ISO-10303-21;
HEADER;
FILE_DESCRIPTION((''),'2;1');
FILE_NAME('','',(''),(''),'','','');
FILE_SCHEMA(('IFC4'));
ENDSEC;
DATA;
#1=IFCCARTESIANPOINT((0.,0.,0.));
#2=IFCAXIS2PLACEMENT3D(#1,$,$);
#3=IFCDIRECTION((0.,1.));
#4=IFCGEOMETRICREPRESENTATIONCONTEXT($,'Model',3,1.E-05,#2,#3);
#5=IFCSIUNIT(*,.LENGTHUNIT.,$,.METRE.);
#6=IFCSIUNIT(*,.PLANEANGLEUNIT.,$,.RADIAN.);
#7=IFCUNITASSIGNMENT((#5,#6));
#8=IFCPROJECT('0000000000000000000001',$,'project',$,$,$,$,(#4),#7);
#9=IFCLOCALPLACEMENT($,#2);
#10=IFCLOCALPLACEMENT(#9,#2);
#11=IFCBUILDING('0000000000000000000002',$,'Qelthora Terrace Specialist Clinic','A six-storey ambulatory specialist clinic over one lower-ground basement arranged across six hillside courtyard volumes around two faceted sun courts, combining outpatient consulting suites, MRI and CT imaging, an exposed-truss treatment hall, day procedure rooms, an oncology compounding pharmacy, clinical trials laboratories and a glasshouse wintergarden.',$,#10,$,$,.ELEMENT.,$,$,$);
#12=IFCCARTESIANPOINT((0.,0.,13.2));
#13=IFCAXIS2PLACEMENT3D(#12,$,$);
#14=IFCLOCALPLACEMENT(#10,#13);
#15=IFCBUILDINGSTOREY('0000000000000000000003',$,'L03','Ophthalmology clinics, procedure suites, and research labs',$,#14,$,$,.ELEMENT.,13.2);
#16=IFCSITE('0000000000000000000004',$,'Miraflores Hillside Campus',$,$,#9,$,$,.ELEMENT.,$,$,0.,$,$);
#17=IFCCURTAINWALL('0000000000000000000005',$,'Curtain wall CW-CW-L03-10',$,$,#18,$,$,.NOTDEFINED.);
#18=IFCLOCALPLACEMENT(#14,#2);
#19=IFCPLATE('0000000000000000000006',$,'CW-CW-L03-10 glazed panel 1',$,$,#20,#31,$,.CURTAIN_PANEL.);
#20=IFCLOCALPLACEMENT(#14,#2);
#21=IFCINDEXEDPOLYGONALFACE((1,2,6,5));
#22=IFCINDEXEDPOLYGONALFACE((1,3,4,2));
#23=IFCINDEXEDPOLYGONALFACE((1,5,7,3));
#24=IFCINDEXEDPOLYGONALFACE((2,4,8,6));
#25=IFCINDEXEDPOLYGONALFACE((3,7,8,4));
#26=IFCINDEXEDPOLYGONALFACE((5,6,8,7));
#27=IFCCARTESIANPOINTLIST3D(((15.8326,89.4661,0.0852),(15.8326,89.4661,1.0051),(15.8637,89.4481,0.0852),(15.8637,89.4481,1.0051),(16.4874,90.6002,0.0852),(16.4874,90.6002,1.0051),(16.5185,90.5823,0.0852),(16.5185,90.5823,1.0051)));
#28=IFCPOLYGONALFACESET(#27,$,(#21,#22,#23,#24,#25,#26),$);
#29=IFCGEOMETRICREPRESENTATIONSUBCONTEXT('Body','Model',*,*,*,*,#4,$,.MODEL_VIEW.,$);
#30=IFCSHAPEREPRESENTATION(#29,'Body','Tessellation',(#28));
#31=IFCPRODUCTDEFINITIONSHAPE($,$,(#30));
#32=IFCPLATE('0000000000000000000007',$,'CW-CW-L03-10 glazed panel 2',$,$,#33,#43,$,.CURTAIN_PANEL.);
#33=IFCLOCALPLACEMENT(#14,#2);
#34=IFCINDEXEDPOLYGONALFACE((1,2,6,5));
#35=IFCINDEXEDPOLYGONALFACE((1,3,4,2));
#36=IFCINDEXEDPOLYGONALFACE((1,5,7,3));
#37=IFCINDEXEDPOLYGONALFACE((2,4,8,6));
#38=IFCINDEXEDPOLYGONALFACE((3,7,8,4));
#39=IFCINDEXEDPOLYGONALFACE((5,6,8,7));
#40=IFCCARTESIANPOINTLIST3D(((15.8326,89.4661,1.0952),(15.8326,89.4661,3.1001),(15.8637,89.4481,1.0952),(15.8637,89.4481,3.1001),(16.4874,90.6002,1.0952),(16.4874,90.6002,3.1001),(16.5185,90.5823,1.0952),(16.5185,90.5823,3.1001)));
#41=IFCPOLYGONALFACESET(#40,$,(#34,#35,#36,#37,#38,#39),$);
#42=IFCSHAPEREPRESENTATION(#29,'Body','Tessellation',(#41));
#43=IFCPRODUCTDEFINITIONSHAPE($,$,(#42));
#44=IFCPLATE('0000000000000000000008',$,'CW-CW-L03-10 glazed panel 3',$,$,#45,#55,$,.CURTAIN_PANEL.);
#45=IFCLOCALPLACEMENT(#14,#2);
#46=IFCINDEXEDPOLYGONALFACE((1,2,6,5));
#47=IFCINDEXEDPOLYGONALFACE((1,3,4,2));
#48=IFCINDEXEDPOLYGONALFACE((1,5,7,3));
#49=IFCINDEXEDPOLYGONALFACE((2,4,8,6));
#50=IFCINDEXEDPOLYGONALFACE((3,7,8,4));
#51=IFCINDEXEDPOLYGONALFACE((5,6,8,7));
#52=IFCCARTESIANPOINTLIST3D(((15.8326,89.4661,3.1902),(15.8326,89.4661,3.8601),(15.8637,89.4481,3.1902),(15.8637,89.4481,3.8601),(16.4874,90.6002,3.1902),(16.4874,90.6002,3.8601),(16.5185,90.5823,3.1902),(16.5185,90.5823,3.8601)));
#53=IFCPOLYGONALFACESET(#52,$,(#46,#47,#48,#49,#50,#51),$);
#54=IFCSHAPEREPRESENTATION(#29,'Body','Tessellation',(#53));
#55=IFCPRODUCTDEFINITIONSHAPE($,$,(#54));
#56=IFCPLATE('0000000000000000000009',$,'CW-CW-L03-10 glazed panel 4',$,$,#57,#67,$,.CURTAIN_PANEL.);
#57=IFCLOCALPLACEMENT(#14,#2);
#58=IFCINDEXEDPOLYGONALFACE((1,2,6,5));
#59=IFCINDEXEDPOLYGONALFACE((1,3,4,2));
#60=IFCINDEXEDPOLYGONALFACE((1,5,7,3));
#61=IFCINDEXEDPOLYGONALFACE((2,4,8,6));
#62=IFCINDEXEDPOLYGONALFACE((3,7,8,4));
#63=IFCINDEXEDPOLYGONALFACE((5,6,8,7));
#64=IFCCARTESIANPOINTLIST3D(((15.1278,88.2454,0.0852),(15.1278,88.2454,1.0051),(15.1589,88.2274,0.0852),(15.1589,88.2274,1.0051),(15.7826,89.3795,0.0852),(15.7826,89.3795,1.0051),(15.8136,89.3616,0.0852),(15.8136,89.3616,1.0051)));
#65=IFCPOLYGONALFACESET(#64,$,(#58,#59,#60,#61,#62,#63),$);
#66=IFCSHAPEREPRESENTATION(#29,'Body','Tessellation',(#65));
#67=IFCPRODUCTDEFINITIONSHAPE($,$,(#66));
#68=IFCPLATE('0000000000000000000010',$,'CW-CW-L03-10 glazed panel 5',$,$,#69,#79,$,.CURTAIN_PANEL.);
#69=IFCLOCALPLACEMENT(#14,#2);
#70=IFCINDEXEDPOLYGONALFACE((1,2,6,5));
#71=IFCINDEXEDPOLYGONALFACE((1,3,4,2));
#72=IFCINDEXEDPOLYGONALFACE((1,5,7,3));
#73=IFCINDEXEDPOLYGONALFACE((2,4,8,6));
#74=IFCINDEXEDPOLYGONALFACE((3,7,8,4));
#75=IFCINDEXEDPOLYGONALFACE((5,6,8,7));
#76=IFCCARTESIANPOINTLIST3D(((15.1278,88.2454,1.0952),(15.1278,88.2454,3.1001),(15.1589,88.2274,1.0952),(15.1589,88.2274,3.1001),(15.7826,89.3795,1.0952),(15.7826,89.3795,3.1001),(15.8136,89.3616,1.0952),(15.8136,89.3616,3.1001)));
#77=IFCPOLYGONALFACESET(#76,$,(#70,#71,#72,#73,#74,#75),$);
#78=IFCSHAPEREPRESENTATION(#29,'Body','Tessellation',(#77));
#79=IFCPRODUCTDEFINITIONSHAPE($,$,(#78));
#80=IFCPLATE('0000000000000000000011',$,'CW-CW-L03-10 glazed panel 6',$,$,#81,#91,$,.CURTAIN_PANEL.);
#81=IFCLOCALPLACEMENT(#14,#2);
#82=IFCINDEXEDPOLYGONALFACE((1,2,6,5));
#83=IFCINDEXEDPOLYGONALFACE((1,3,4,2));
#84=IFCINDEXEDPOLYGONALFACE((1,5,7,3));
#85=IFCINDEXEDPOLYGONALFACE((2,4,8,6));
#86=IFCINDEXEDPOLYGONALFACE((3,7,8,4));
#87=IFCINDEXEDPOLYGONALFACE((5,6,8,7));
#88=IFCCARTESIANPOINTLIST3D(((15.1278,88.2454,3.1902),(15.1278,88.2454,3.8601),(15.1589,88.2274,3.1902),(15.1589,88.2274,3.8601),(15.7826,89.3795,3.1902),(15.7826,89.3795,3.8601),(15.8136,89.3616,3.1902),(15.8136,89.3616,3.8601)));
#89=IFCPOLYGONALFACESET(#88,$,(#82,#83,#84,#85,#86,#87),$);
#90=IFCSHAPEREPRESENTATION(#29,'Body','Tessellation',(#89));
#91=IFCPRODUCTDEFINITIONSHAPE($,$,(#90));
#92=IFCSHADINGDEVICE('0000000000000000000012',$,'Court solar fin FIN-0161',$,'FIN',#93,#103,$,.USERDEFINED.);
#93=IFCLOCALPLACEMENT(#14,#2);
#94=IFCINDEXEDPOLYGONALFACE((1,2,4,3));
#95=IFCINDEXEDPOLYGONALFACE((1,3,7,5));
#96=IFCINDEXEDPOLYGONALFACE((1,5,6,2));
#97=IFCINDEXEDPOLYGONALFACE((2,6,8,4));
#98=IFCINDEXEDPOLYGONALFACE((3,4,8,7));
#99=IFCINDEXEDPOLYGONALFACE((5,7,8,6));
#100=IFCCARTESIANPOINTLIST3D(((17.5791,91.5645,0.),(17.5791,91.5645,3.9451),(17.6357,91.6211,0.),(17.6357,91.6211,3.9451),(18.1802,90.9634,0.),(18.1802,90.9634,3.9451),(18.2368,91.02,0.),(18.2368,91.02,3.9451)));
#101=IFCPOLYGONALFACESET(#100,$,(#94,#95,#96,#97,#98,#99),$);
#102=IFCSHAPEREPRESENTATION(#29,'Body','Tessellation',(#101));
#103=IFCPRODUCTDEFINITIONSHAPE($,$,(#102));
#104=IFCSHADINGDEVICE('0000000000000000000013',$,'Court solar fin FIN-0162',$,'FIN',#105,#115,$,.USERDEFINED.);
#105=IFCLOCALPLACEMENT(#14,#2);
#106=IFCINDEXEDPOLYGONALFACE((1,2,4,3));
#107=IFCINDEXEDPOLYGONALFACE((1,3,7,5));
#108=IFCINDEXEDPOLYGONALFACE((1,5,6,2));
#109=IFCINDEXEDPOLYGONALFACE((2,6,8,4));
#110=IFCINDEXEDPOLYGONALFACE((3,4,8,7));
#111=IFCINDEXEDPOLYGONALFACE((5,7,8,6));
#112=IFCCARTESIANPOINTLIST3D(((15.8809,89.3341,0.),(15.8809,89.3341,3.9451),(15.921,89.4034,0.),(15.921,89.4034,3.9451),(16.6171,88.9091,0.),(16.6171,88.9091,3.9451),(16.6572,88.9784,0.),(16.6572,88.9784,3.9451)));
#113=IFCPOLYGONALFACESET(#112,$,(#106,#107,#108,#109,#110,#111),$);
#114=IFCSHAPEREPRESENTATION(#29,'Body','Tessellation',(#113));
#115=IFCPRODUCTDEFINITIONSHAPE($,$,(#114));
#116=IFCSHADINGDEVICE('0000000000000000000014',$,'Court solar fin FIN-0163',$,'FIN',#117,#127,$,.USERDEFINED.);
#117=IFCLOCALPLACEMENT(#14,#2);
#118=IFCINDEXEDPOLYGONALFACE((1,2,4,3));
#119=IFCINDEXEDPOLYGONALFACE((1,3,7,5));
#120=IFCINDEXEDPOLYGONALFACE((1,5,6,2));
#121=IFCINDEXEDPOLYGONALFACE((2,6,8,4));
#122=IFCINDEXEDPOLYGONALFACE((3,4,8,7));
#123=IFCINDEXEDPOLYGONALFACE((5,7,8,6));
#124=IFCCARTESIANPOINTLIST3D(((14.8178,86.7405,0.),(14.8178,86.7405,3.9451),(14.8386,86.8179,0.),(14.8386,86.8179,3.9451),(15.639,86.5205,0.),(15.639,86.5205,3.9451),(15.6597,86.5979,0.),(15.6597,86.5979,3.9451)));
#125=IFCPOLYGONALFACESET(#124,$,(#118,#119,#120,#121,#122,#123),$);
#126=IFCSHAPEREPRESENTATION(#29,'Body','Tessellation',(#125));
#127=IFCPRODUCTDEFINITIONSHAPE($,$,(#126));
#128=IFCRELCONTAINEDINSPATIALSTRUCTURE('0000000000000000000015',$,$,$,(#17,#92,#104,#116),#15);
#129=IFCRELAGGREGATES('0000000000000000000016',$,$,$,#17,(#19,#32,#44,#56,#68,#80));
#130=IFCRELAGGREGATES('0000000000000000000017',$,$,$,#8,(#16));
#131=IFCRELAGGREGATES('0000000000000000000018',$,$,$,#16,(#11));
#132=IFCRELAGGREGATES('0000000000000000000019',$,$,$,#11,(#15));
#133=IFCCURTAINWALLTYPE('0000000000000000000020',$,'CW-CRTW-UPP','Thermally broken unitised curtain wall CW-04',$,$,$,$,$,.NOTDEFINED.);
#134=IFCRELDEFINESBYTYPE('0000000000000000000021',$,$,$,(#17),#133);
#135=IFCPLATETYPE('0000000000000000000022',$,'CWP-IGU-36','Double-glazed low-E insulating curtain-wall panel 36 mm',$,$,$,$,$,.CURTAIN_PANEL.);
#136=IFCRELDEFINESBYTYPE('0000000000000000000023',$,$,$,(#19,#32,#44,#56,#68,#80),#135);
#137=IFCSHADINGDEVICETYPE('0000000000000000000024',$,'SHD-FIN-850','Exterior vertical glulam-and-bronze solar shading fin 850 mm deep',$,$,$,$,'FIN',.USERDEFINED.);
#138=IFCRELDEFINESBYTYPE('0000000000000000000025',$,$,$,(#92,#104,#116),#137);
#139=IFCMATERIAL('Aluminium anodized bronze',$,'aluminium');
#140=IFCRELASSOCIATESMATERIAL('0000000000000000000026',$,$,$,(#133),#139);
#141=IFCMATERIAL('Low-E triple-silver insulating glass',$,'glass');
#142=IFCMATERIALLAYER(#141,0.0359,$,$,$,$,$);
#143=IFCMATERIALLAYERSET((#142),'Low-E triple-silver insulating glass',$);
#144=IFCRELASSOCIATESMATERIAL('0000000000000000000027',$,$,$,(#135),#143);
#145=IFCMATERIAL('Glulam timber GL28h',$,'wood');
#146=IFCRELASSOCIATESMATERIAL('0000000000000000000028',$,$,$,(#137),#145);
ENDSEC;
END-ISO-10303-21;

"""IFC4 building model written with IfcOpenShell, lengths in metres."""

from ifc_helpers import new_model, si_unit, direction, frame, origin, origin_2d, place, context, subcontext, project, spatial, rectangle, extrude, material, layer, layer_set, type_object, element, aggregate, save


model = new_model("IFC4")

# Units and contexts
model_context = context("Model", 3, precision=1e-05, world=origin(), true_north=direction((0.0, 1.0)))
body_context = subcontext(model_context, "Body", "Model", "MODEL_VIEW")
ifc_project = project(units=[si_unit("LENGTHUNIT", "METRE"), si_unit("PLANEANGLEUNIT", "RADIAN")], contexts=[model_context])

# Site, building, storey
site_placement = place(None, origin())
site = spatial("IfcSite", under=ifc_project, at=site_placement, Name="Miraflores Hillside Campus", CompositionType="ELEMENT", RefElevation=0.0)
building_placement = place(site_placement, origin())
building = spatial("IfcBuilding", under=site, at=building_placement, Name="Qelthora Terrace Specialist Clinic", Description="A six-storey ambulatory specialist clinic over one lower-ground basement arranged across six hillside courtyard volumes around two faceted sun courts, combining outpatient consulting suites, MRI and CT imaging, an exposed-truss treatment hall, day procedure rooms, an oncology compounding pharmacy, clinical trials laboratories and a glasshouse wintergarden.", CompositionType="ELEMENT")
storey_placement = place(building_placement, frame((0.0, 0.0, 13.2)))
storey = spatial("IfcBuildingStorey", under=building, at=storey_placement, Name="L03", Description="Ophthalmology clinics, procedure suites, and research labs", CompositionType="ELEMENT", Elevation=13.2)

# Curtain wall
ifc_material_1 = material(Name="Aluminium anodized bronze", Category="aluminium")
curtain_wall_type = type_object("IfcCurtainWallType", Name="CW-CRTW-UPP", Description="Thermally broken unitised curtain wall CW-04", PredefinedType="NOTDEFINED", material=ifc_material_1)
curtain_wall_1_placement = place(storey_placement, origin())
curtain_wall_1 = element("IfcCurtainWall", 1, at=curtain_wall_1_placement, inside=storey, type_object=curtain_wall_type, Name="Curtain wall CW-CW-L03-10", PredefinedType="NOTDEFINED")

# Plates
ifc_material_2 = material(Name="Low-E triple-silver insulating glass", Category="glass")
ifc_layer = layer(ifc_material_2, 0.0359)
ifc_layer_set = layer_set([ifc_layer], Name="Low-E triple-silver insulating glass")
plate_type = type_object("IfcPlateType", Name="CWP-IGU-36", Description="Double-glazed low-E insulating curtain-wall panel 36 mm", PredefinedType="CURTAIN_PANEL", material=ifc_layer_set)
plate_1_placement = place(storey_placement, frame((16.1755, 90.0242, 0.0852), z_axis=(0.0, 0.0, 1.0), x_axis=(-0.5, -0.866025, 0.0)))
plate_1 = element("IfcPlate", 2, at=plate_1_placement, type_object=plate_type, Name="CW-CW-L03-10 glazed panel 1", PredefinedType="CURTAIN_PANEL", context=body_context, shape_type="SweptSolid", body=[
    extrude(rectangle(XDim=1.3096, YDim=0.0359, at=origin_2d()), origin(), (0.0, 0.0, 1.0), 0.9199),
])
plate_2_placement = place(storey_placement, frame((16.1755, 90.0242, 1.0952), z_axis=(0.0, 0.0, 1.0), x_axis=(-0.5, -0.866025, 0.0)))
plate_2 = element("IfcPlate", 3, at=plate_2_placement, type_object=plate_type, Name="CW-CW-L03-10 glazed panel 2", PredefinedType="CURTAIN_PANEL", context=body_context, shape_type="SweptSolid", body=[
    extrude(rectangle(XDim=1.3096, YDim=0.0359, at=origin_2d()), origin(), (0.0, 0.0, 1.0), 2.0049),
])
plate_3_placement = place(storey_placement, frame((16.1755, 90.0242, 3.1902), z_axis=(0.0, 0.0, 1.0), x_axis=(-0.5, -0.866025, 0.0)))
plate_3 = element("IfcPlate", 4, at=plate_3_placement, type_object=plate_type, Name="CW-CW-L03-10 glazed panel 3", PredefinedType="CURTAIN_PANEL", context=body_context, shape_type="SweptSolid", body=[
    extrude(rectangle(XDim=1.3096, YDim=0.0359, at=origin_2d()), origin(), (0.0, 0.0, 1.0), 0.6699),
])
plate_4_placement = place(storey_placement, frame((15.4707, 88.8035, 0.0852), z_axis=(0.0, 0.0, 1.0), x_axis=(-0.5, -0.866025, 0.0)))
plate_4 = element("IfcPlate", 5, at=plate_4_placement, type_object=plate_type, Name="CW-CW-L03-10 glazed panel 4", PredefinedType="CURTAIN_PANEL", context=body_context, shape_type="SweptSolid", body=[
    extrude(rectangle(XDim=1.3096, YDim=0.0359, at=origin_2d()), origin(), (0.0, 0.0, 1.0), 0.9199),
])
plate_5_placement = place(storey_placement, frame((15.4707, 88.8035, 1.0952), z_axis=(0.0, 0.0, 1.0), x_axis=(-0.5, -0.866025, 0.0)))
plate_5 = element("IfcPlate", 6, at=plate_5_placement, type_object=plate_type, Name="CW-CW-L03-10 glazed panel 5", PredefinedType="CURTAIN_PANEL", context=body_context, shape_type="SweptSolid", body=[
    extrude(rectangle(XDim=1.3096, YDim=0.0359, at=origin_2d()), origin(), (0.0, 0.0, 1.0), 2.0049),
])
plate_6_placement = place(storey_placement, frame((15.4707, 88.8035, 3.1902), z_axis=(0.0, 0.0, 1.0), x_axis=(-0.5, -0.866025, 0.0)))
plate_6 = element("IfcPlate", 7, at=plate_6_placement, type_object=plate_type, Name="CW-CW-L03-10 glazed panel 6", PredefinedType="CURTAIN_PANEL", context=body_context, shape_type="SweptSolid", body=[
    extrude(rectangle(XDim=1.3096, YDim=0.0359, at=origin_2d()), origin(), (0.0, 0.0, 1.0), 0.6699),
])
aggregate(curtain_wall_1, [plate_1, plate_2, plate_3, plate_4, plate_5, plate_6])

# Shading devices
ifc_material_3 = material(Name="Glulam timber GL28h", Category="wood")
shading_device_type = type_object("IfcShadingDeviceType", Name="SHD-FIN-850", Description="Exterior vertical glulam-and-bronze solar shading fin 850 mm deep", ElementType="FIN", PredefinedType="USERDEFINED", material=ifc_material_3)
for number, where, z_axis, x_axis, name in (
    (8, (17.908, 91.2922, 0.0), (0.0, 0.0, 1.0), (0.707107, -0.707107, 0.0), "Court solar fin FIN-0161"),
    (9, (16.269, 89.1562, 0.0), (0.0, 0.0, 1.0), (0.866025, -0.5, 0.0), "Court solar fin FIN-0162"),
    (10, (15.2388, 86.6692, 0.0), (0.0, 0.0, 1.0), (0.965926, -0.258819, 0.0), "Court solar fin FIN-0163"),
):
    element("IfcShadingDevice", number, at=place(storey_placement, frame(where, z_axis=z_axis, x_axis=x_axis)), inside=storey, type_object=shading_device_type, Name=name, ObjectType="FIN", PredefinedType="USERDEFINED", context=body_context, shape_type="SweptSolid", body=[
        extrude(rectangle(XDim=0.8501, YDim=0.0801, at=origin_2d()), origin(), (0.0, 0.0, 1.0), 3.9451),
    ])

save(model, "model.ifc")
